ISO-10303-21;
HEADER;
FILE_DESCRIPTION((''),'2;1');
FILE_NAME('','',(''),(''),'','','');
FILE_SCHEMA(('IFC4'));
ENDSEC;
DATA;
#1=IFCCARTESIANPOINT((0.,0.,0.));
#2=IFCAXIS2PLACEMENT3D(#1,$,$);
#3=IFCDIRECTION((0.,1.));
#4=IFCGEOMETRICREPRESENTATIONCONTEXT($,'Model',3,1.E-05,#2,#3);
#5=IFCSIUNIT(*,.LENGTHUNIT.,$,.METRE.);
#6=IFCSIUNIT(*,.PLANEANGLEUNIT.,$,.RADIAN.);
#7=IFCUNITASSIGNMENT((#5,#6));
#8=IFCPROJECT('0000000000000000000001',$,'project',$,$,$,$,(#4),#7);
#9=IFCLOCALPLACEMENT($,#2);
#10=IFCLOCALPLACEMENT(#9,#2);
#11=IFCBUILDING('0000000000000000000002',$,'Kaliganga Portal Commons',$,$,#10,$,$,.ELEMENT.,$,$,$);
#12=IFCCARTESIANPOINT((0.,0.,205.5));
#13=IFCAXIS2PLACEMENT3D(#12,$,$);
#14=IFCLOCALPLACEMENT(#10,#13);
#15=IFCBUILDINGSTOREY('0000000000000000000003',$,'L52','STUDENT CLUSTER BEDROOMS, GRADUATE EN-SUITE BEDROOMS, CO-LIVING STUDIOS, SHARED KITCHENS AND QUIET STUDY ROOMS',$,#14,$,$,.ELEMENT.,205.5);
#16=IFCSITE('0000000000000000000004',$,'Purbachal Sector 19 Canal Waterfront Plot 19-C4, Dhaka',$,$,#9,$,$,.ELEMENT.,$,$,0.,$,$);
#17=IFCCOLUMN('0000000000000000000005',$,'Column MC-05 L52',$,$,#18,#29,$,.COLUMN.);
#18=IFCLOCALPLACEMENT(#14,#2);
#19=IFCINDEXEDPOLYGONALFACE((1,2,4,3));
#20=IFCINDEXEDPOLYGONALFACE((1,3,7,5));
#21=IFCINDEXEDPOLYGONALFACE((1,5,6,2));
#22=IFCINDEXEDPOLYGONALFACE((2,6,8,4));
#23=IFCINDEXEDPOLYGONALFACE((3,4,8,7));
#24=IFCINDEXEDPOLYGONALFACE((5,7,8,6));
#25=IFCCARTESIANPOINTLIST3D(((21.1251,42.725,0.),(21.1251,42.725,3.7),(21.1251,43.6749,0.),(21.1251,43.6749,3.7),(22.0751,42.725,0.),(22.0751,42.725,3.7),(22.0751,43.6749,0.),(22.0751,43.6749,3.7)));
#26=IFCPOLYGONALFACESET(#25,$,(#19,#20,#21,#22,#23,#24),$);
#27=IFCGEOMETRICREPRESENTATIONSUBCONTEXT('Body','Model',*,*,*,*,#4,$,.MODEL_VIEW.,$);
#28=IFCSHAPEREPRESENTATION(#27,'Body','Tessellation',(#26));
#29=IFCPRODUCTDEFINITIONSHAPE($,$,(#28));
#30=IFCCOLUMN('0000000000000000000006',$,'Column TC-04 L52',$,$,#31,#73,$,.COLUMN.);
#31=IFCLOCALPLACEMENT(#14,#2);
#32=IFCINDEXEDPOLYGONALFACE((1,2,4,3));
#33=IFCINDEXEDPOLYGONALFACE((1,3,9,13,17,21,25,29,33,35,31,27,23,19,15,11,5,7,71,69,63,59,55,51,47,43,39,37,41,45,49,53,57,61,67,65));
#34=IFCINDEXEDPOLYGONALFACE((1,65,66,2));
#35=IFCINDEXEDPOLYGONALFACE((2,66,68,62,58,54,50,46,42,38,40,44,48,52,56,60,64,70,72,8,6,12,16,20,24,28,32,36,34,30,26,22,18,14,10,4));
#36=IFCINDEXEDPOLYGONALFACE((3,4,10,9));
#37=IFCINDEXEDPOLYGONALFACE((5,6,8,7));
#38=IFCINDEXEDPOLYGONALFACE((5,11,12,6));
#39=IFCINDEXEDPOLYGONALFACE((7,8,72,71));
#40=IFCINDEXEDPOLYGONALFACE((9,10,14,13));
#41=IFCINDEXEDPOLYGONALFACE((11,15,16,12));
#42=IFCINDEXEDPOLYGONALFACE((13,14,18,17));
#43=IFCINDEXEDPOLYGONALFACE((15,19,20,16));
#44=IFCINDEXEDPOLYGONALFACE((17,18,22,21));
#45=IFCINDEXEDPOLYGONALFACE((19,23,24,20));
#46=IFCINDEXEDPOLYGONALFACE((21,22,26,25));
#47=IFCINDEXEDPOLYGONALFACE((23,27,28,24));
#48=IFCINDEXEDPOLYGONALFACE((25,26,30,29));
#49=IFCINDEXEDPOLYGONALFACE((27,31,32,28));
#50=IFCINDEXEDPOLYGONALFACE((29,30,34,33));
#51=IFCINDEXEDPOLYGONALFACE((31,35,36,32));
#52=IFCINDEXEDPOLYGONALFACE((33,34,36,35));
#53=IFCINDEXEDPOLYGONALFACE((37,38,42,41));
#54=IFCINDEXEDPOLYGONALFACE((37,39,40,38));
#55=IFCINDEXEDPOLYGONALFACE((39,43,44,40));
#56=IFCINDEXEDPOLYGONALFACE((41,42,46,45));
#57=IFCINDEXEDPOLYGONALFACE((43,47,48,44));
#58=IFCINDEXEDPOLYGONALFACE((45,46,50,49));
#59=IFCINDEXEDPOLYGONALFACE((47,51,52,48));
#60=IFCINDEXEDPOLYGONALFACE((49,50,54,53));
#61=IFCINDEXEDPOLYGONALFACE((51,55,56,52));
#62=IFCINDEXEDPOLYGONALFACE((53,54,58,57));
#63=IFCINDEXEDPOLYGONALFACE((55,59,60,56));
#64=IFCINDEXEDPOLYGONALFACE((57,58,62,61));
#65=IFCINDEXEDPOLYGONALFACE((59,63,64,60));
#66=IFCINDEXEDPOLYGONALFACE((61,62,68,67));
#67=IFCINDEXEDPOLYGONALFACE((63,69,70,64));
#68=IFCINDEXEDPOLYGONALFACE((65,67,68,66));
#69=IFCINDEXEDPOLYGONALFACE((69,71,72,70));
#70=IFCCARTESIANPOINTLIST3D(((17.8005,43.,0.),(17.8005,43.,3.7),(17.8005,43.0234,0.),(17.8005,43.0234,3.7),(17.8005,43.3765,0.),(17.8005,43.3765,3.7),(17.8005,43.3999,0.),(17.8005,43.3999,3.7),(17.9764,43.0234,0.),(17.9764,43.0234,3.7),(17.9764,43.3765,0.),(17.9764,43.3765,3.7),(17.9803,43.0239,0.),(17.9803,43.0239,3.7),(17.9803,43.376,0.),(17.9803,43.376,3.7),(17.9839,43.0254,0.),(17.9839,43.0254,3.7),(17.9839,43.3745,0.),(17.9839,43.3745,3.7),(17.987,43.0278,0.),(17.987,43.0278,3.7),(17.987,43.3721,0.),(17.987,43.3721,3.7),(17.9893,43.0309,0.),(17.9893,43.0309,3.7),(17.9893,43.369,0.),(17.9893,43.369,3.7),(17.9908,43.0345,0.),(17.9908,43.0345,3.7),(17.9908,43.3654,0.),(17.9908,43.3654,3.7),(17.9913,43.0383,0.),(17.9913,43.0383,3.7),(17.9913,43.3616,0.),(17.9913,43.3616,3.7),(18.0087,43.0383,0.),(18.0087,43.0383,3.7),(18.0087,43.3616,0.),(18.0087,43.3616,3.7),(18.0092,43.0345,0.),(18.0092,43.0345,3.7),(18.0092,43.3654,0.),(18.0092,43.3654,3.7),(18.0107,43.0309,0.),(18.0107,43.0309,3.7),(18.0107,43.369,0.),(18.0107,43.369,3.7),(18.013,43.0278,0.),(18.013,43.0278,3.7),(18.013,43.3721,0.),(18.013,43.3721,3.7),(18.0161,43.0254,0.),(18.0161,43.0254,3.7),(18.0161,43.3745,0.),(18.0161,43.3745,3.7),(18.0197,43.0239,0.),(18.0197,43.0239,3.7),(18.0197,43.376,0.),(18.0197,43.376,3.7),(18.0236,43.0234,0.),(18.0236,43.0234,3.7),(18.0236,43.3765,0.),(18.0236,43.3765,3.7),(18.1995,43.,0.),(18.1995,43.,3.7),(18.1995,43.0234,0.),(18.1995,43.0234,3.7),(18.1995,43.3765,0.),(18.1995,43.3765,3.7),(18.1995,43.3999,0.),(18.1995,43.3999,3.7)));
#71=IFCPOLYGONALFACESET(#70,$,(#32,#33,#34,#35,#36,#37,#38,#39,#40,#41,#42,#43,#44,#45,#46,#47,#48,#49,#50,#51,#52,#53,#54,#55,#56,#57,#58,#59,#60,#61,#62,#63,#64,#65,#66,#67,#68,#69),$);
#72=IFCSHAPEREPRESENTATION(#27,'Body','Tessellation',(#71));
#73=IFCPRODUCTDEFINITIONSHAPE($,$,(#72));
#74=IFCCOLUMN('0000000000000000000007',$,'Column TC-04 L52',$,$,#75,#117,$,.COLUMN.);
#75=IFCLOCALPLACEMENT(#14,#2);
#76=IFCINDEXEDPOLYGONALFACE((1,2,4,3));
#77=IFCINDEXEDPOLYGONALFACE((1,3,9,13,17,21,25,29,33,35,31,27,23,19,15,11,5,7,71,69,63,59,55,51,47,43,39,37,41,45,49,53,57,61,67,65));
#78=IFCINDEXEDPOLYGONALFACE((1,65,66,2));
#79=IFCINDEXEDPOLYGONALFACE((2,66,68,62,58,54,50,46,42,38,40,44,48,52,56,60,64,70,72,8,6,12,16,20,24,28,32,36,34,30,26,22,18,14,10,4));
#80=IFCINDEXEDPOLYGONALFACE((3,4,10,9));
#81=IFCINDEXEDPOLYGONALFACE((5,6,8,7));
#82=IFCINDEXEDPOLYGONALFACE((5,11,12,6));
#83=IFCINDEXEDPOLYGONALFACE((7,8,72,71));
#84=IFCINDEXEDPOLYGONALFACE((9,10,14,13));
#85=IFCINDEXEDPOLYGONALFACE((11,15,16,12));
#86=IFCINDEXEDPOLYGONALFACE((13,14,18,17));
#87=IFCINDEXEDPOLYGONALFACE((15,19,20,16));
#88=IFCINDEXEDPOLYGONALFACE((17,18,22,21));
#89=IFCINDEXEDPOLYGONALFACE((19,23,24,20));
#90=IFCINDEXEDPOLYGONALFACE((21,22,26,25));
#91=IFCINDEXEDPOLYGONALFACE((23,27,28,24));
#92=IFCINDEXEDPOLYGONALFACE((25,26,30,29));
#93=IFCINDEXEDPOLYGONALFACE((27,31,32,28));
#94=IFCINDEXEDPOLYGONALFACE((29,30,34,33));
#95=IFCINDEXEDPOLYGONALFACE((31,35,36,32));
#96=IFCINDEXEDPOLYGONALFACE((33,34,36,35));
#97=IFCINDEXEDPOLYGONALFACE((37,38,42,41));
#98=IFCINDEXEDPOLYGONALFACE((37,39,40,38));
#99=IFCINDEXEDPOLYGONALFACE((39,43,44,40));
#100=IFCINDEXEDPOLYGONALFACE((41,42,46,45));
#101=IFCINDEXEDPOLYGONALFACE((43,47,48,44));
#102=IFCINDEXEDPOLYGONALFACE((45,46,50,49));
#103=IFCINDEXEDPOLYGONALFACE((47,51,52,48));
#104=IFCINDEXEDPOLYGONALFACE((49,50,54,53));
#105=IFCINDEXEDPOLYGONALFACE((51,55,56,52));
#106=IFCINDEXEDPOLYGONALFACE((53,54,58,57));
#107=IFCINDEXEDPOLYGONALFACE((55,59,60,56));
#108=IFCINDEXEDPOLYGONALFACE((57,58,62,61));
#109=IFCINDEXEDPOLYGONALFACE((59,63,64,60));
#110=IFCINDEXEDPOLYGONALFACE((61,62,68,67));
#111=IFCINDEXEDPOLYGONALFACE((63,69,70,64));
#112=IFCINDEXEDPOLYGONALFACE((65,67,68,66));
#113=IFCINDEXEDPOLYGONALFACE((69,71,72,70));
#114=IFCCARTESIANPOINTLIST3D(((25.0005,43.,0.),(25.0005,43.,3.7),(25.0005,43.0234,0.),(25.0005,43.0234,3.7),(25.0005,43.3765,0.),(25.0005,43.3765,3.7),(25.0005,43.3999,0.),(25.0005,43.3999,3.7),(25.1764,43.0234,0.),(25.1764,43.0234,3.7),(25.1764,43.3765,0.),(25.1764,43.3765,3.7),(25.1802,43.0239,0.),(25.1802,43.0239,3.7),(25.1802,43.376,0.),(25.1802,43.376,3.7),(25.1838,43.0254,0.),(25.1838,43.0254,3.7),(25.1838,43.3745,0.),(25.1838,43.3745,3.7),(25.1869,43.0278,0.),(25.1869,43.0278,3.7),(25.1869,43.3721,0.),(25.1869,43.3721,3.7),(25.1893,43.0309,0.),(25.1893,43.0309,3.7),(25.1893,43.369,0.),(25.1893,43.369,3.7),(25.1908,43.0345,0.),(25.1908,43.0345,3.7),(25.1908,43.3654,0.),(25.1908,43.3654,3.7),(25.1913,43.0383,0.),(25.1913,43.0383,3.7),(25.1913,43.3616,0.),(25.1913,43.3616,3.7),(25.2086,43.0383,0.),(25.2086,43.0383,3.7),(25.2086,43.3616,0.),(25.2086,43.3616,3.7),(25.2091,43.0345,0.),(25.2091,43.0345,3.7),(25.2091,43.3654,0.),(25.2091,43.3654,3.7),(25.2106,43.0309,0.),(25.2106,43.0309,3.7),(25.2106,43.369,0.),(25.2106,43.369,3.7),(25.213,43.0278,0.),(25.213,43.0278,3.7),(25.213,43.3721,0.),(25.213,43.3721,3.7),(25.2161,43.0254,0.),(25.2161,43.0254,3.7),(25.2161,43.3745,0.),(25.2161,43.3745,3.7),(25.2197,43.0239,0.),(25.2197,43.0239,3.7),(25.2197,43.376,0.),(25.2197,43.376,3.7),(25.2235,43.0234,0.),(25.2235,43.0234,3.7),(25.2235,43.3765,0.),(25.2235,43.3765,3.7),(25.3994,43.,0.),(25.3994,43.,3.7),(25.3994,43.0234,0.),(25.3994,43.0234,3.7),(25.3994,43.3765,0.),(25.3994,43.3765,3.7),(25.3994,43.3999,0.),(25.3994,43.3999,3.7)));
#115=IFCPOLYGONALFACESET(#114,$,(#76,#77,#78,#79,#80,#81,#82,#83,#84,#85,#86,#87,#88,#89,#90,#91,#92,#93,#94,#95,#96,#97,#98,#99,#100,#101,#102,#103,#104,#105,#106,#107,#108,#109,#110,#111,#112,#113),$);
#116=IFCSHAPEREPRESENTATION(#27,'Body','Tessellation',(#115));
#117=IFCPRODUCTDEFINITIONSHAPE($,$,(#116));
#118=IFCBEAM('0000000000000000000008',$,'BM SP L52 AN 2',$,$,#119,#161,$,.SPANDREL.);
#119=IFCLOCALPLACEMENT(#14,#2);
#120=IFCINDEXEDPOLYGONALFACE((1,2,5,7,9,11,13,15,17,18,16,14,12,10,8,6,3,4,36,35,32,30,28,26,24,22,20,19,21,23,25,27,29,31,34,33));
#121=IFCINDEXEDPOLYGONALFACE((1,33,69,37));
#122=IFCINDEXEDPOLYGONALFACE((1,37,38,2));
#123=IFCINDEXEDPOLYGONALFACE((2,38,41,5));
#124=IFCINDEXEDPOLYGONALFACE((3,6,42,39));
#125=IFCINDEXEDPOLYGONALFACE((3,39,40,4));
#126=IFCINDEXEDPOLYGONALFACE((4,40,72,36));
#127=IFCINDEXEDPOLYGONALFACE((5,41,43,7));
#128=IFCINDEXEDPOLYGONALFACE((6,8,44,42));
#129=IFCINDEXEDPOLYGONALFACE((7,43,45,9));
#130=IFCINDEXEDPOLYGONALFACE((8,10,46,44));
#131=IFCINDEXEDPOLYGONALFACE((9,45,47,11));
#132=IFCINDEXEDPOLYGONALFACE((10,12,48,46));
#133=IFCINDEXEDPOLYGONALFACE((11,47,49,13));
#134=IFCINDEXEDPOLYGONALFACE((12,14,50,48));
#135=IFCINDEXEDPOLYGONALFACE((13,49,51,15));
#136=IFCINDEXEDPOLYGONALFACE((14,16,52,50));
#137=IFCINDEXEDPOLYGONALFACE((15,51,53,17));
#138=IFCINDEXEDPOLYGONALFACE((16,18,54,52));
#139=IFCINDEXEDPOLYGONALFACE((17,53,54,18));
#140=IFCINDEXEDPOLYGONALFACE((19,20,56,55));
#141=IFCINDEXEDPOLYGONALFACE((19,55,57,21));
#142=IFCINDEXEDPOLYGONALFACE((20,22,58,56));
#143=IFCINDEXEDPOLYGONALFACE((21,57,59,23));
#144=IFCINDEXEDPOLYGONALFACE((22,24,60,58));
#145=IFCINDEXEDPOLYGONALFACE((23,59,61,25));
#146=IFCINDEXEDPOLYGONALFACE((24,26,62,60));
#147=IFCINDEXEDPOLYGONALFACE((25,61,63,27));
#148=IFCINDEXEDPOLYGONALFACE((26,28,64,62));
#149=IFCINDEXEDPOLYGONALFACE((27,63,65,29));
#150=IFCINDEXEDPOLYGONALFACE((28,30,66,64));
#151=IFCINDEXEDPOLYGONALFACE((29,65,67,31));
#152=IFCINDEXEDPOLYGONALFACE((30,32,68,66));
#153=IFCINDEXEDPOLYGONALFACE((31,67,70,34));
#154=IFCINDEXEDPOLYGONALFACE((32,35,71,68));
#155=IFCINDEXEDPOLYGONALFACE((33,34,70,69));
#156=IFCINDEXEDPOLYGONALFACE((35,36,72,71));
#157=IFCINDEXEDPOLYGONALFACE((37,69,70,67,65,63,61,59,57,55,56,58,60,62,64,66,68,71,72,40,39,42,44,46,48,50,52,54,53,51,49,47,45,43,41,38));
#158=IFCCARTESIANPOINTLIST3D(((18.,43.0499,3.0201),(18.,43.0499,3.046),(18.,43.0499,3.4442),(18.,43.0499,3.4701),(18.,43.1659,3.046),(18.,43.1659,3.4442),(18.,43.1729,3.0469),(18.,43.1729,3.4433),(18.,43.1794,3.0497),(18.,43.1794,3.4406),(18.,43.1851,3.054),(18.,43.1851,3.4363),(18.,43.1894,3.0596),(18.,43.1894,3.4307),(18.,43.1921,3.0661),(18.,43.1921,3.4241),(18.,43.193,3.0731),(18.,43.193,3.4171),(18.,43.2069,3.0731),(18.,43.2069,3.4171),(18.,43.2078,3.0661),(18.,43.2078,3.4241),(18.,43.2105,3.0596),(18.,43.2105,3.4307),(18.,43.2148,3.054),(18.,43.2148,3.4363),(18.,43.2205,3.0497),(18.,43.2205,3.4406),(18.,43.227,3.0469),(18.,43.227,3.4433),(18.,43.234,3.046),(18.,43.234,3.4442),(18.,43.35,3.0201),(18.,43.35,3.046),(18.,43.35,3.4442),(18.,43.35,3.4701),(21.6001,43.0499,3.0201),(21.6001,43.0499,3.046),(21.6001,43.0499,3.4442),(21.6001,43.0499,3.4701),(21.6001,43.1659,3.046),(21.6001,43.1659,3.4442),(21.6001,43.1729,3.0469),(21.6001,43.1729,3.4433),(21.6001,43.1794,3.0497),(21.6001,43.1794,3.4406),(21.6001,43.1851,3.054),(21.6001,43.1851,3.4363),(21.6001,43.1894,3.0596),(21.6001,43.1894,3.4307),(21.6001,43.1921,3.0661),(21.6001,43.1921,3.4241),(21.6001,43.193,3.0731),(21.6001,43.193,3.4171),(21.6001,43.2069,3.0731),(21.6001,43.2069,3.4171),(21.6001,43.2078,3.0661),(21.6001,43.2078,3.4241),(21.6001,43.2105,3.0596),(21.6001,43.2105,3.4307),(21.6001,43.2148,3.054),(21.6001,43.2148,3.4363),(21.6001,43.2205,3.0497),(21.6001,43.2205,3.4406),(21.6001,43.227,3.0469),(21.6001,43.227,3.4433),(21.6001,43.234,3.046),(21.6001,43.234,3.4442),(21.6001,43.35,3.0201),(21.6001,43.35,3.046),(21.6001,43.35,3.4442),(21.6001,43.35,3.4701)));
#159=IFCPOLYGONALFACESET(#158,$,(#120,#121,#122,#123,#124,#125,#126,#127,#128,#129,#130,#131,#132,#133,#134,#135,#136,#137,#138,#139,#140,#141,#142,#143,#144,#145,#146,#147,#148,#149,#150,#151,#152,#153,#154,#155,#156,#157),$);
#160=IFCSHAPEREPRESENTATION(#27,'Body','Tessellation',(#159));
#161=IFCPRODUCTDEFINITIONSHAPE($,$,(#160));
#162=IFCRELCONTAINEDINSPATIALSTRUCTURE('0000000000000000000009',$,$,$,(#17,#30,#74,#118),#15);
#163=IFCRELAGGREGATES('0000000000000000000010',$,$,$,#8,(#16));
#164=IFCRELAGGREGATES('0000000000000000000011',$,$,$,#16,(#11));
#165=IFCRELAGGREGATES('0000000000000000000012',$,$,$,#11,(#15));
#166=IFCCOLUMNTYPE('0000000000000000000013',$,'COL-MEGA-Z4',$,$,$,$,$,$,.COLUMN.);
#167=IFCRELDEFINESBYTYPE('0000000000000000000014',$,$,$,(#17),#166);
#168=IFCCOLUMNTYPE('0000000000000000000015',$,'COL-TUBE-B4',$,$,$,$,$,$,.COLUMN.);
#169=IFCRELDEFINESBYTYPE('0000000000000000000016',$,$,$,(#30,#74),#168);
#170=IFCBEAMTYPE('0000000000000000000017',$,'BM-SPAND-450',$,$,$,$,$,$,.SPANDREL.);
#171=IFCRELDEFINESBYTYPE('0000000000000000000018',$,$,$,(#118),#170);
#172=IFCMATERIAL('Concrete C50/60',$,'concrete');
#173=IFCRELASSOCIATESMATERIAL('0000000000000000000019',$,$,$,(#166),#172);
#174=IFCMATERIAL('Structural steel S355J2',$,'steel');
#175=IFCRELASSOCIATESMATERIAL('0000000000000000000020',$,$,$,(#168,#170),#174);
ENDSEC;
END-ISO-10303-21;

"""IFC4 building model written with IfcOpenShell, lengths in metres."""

from ifc_helpers import new_model, si_unit, direction, frame, origin, origin_2d, place, context, subcontext, project, spatial, rectangle, i_section, extrude, source, transform, mapped, material, material_profile, profile_set, type_object, element, save


model = new_model("IFC4")

# Units and contexts
model_context = context("Model", 3, precision=1e-05, world=origin(), true_north=direction((0.0, 1.0)))
body_context = subcontext(model_context, "Body", "Model", "MODEL_VIEW")
ifc_project = project(units=[si_unit("LENGTHUNIT", "METRE"), si_unit("PLANEANGLEUNIT", "RADIAN")], contexts=[model_context])

# Site, building, storey
site_placement = place(None, origin())
site = spatial("IfcSite", under=ifc_project, at=site_placement, Name="Purbachal Sector 19 Canal Waterfront Plot 19-C4, Dhaka", CompositionType="ELEMENT", RefElevation=0.0)
building_placement = place(site_placement, origin())
building = spatial("IfcBuilding", under=site, at=building_placement, Name="Kaliganga Portal Commons", CompositionType="ELEMENT")
storey_placement = place(building_placement, frame((0.0, 0.0, 205.5)))
storey = spatial("IfcBuildingStorey", under=building, at=storey_placement, Name="L52", Description="STUDENT CLUSTER BEDROOMS, GRADUATE EN-SUITE BEDROOMS, CO-LIVING STUDIOS, SHARED KITCHENS AND QUIET STUDY ROOMS", CompositionType="ELEMENT", Elevation=205.5)

# Columns
ifc_material_1 = material(Name="Concrete C50/60", Category="concrete")
ifc_material_profile_1 = material_profile(ifc_material_1, rectangle(XDim=0.95, YDim=0.95, at=origin_2d()), Name="RC 950x950")
ifc_profile_set_1 = profile_set([ifc_material_profile_1], Name="Concrete C50/60")
column_type_1 = type_object("IfcColumnType", Name="COL-MEGA-Z4", PredefinedType="COLUMN", material=ifc_profile_set_1)
shared_shape_1 = source(origin(), body_context, "Body", "SweptSolid", [
    extrude(rectangle(XDim=0.95, YDim=0.95, at=origin_2d()), origin(), (0.0, 0.0, 1.0), 3.7),
])
column_placement = place(storey_placement, frame((21.6001, 43.2, 0.0), z_axis=(0.0, 0.0, 1.0), x_axis=(1.0, 0.0, 0.0)))
element("IfcColumn", 1, at=column_placement, inside=storey, type_object=column_type_1, Name="Column MC-05 L52", PredefinedType="COLUMN", context=body_context, shape_type="MappedRepresentation", body=[
    mapped(shared_shape_1, transform((0.0, 0.0, 0.0), x_axis=(1.0, 0.0, 0.0), y_axis=(0.0, 1.0, 0.0), z_axis=(0.0, 0.0, 1.0), scale=1.0)),
])
ifc_material_2 = material(Name="Structural steel S355J2", Category="steel")
ifc_material_profile_2 = material_profile(ifc_material_2, i_section(OverallWidth=0.3989, OverallDepth=0.3999, WebThickness=0.0173, FlangeThickness=0.0234, FilletRadius=0.0149, at=origin_2d()), Name="HD 400x287")
ifc_profile_set_2 = profile_set([ifc_material_profile_2], Name="Structural steel S355J2 wide-flange")
column_type_2 = type_object("IfcColumnType", Name="COL-TUBE-B4", PredefinedType="COLUMN", material=ifc_profile_set_2)
shared_shape_2 = source(origin(), body_context, "Body", "SweptSolid", [
    extrude(i_section(OverallWidth=0.3989, OverallDepth=0.3999, WebThickness=0.0173, FlangeThickness=0.0234, FilletRadius=0.0149, at=origin_2d()), origin(), (0.0, 0.0, 1.0), 3.7),
])
for number, where, z_axis, x_axis, name in (
    (2, (18.0, 43.2, 0.0), (0.0, 0.0, 1.0), (1.0, 0.0, 0.0), "Column TC-04 L52"),
    (3, (25.2, 43.2, 0.0), (0.0, 0.0, 1.0), (1.0, 0.0, 0.0), "Column TC-04 L52"),
):
    element("IfcColumn", number, at=place(storey_placement, frame(where, z_axis=z_axis, x_axis=x_axis)), inside=storey, type_object=column_type_2, Name=name, PredefinedType="COLUMN", context=body_context, shape_type="MappedRepresentation", body=[
        mapped(shared_shape_2, transform((0.0, 0.0, 0.0), x_axis=(1.0, 0.0, 0.0), y_axis=(0.0, 1.0, 0.0), z_axis=(0.0, 0.0, 1.0), scale=1.0)),
    ])

# Beam
ifc_material_profile_3 = material_profile(ifc_material_2, i_section(OverallWidth=0.3, OverallDepth=0.45, WebThickness=0.0139, FlangeThickness=0.0259, FilletRadius=0.0271, at=origin_2d()), Name="HE 450 B")
ifc_profile_set_3 = profile_set([ifc_material_profile_3], Name="Structural steel S355J2 wide-flange")
beam_type_1 = type_object("IfcBeamType", Name="BM-SPAND-450", PredefinedType="SPANDREL", material=ifc_profile_set_3)
shared_shape_3 = source(origin(), body_context, "Body", "SweptSolid", [
    extrude(i_section(OverallWidth=0.3, OverallDepth=0.45, WebThickness=0.0139, FlangeThickness=0.0259, FilletRadius=0.0271, at=origin_2d()), origin(), (0.0, 0.0, 1.0), 3.6001),
])
for number, where, z_axis, x_axis, name in (
    (4, (18.0, 43.2, 3.2451), (1.0, 0.0, 0.0), (0.0, 1.0, 0.0), "BM SP L52 AN 2"),
):
    element("IfcBeam", number, at=place(storey_placement, frame(where, z_axis=z_axis, x_axis=x_axis)), inside=storey, type_object=beam_type_1, Name=name, PredefinedType="SPANDREL", context=body_context, shape_type="MappedRepresentation", body=[
        mapped(shared_shape_3, transform((0.0, 0.0, 0.0), x_axis=(1.0, 0.0, 0.0), y_axis=(0.0, 1.0, 0.0), z_axis=(0.0, 0.0, 1.0), scale=1.0)),
    ])

save(model, "model.ifc")
